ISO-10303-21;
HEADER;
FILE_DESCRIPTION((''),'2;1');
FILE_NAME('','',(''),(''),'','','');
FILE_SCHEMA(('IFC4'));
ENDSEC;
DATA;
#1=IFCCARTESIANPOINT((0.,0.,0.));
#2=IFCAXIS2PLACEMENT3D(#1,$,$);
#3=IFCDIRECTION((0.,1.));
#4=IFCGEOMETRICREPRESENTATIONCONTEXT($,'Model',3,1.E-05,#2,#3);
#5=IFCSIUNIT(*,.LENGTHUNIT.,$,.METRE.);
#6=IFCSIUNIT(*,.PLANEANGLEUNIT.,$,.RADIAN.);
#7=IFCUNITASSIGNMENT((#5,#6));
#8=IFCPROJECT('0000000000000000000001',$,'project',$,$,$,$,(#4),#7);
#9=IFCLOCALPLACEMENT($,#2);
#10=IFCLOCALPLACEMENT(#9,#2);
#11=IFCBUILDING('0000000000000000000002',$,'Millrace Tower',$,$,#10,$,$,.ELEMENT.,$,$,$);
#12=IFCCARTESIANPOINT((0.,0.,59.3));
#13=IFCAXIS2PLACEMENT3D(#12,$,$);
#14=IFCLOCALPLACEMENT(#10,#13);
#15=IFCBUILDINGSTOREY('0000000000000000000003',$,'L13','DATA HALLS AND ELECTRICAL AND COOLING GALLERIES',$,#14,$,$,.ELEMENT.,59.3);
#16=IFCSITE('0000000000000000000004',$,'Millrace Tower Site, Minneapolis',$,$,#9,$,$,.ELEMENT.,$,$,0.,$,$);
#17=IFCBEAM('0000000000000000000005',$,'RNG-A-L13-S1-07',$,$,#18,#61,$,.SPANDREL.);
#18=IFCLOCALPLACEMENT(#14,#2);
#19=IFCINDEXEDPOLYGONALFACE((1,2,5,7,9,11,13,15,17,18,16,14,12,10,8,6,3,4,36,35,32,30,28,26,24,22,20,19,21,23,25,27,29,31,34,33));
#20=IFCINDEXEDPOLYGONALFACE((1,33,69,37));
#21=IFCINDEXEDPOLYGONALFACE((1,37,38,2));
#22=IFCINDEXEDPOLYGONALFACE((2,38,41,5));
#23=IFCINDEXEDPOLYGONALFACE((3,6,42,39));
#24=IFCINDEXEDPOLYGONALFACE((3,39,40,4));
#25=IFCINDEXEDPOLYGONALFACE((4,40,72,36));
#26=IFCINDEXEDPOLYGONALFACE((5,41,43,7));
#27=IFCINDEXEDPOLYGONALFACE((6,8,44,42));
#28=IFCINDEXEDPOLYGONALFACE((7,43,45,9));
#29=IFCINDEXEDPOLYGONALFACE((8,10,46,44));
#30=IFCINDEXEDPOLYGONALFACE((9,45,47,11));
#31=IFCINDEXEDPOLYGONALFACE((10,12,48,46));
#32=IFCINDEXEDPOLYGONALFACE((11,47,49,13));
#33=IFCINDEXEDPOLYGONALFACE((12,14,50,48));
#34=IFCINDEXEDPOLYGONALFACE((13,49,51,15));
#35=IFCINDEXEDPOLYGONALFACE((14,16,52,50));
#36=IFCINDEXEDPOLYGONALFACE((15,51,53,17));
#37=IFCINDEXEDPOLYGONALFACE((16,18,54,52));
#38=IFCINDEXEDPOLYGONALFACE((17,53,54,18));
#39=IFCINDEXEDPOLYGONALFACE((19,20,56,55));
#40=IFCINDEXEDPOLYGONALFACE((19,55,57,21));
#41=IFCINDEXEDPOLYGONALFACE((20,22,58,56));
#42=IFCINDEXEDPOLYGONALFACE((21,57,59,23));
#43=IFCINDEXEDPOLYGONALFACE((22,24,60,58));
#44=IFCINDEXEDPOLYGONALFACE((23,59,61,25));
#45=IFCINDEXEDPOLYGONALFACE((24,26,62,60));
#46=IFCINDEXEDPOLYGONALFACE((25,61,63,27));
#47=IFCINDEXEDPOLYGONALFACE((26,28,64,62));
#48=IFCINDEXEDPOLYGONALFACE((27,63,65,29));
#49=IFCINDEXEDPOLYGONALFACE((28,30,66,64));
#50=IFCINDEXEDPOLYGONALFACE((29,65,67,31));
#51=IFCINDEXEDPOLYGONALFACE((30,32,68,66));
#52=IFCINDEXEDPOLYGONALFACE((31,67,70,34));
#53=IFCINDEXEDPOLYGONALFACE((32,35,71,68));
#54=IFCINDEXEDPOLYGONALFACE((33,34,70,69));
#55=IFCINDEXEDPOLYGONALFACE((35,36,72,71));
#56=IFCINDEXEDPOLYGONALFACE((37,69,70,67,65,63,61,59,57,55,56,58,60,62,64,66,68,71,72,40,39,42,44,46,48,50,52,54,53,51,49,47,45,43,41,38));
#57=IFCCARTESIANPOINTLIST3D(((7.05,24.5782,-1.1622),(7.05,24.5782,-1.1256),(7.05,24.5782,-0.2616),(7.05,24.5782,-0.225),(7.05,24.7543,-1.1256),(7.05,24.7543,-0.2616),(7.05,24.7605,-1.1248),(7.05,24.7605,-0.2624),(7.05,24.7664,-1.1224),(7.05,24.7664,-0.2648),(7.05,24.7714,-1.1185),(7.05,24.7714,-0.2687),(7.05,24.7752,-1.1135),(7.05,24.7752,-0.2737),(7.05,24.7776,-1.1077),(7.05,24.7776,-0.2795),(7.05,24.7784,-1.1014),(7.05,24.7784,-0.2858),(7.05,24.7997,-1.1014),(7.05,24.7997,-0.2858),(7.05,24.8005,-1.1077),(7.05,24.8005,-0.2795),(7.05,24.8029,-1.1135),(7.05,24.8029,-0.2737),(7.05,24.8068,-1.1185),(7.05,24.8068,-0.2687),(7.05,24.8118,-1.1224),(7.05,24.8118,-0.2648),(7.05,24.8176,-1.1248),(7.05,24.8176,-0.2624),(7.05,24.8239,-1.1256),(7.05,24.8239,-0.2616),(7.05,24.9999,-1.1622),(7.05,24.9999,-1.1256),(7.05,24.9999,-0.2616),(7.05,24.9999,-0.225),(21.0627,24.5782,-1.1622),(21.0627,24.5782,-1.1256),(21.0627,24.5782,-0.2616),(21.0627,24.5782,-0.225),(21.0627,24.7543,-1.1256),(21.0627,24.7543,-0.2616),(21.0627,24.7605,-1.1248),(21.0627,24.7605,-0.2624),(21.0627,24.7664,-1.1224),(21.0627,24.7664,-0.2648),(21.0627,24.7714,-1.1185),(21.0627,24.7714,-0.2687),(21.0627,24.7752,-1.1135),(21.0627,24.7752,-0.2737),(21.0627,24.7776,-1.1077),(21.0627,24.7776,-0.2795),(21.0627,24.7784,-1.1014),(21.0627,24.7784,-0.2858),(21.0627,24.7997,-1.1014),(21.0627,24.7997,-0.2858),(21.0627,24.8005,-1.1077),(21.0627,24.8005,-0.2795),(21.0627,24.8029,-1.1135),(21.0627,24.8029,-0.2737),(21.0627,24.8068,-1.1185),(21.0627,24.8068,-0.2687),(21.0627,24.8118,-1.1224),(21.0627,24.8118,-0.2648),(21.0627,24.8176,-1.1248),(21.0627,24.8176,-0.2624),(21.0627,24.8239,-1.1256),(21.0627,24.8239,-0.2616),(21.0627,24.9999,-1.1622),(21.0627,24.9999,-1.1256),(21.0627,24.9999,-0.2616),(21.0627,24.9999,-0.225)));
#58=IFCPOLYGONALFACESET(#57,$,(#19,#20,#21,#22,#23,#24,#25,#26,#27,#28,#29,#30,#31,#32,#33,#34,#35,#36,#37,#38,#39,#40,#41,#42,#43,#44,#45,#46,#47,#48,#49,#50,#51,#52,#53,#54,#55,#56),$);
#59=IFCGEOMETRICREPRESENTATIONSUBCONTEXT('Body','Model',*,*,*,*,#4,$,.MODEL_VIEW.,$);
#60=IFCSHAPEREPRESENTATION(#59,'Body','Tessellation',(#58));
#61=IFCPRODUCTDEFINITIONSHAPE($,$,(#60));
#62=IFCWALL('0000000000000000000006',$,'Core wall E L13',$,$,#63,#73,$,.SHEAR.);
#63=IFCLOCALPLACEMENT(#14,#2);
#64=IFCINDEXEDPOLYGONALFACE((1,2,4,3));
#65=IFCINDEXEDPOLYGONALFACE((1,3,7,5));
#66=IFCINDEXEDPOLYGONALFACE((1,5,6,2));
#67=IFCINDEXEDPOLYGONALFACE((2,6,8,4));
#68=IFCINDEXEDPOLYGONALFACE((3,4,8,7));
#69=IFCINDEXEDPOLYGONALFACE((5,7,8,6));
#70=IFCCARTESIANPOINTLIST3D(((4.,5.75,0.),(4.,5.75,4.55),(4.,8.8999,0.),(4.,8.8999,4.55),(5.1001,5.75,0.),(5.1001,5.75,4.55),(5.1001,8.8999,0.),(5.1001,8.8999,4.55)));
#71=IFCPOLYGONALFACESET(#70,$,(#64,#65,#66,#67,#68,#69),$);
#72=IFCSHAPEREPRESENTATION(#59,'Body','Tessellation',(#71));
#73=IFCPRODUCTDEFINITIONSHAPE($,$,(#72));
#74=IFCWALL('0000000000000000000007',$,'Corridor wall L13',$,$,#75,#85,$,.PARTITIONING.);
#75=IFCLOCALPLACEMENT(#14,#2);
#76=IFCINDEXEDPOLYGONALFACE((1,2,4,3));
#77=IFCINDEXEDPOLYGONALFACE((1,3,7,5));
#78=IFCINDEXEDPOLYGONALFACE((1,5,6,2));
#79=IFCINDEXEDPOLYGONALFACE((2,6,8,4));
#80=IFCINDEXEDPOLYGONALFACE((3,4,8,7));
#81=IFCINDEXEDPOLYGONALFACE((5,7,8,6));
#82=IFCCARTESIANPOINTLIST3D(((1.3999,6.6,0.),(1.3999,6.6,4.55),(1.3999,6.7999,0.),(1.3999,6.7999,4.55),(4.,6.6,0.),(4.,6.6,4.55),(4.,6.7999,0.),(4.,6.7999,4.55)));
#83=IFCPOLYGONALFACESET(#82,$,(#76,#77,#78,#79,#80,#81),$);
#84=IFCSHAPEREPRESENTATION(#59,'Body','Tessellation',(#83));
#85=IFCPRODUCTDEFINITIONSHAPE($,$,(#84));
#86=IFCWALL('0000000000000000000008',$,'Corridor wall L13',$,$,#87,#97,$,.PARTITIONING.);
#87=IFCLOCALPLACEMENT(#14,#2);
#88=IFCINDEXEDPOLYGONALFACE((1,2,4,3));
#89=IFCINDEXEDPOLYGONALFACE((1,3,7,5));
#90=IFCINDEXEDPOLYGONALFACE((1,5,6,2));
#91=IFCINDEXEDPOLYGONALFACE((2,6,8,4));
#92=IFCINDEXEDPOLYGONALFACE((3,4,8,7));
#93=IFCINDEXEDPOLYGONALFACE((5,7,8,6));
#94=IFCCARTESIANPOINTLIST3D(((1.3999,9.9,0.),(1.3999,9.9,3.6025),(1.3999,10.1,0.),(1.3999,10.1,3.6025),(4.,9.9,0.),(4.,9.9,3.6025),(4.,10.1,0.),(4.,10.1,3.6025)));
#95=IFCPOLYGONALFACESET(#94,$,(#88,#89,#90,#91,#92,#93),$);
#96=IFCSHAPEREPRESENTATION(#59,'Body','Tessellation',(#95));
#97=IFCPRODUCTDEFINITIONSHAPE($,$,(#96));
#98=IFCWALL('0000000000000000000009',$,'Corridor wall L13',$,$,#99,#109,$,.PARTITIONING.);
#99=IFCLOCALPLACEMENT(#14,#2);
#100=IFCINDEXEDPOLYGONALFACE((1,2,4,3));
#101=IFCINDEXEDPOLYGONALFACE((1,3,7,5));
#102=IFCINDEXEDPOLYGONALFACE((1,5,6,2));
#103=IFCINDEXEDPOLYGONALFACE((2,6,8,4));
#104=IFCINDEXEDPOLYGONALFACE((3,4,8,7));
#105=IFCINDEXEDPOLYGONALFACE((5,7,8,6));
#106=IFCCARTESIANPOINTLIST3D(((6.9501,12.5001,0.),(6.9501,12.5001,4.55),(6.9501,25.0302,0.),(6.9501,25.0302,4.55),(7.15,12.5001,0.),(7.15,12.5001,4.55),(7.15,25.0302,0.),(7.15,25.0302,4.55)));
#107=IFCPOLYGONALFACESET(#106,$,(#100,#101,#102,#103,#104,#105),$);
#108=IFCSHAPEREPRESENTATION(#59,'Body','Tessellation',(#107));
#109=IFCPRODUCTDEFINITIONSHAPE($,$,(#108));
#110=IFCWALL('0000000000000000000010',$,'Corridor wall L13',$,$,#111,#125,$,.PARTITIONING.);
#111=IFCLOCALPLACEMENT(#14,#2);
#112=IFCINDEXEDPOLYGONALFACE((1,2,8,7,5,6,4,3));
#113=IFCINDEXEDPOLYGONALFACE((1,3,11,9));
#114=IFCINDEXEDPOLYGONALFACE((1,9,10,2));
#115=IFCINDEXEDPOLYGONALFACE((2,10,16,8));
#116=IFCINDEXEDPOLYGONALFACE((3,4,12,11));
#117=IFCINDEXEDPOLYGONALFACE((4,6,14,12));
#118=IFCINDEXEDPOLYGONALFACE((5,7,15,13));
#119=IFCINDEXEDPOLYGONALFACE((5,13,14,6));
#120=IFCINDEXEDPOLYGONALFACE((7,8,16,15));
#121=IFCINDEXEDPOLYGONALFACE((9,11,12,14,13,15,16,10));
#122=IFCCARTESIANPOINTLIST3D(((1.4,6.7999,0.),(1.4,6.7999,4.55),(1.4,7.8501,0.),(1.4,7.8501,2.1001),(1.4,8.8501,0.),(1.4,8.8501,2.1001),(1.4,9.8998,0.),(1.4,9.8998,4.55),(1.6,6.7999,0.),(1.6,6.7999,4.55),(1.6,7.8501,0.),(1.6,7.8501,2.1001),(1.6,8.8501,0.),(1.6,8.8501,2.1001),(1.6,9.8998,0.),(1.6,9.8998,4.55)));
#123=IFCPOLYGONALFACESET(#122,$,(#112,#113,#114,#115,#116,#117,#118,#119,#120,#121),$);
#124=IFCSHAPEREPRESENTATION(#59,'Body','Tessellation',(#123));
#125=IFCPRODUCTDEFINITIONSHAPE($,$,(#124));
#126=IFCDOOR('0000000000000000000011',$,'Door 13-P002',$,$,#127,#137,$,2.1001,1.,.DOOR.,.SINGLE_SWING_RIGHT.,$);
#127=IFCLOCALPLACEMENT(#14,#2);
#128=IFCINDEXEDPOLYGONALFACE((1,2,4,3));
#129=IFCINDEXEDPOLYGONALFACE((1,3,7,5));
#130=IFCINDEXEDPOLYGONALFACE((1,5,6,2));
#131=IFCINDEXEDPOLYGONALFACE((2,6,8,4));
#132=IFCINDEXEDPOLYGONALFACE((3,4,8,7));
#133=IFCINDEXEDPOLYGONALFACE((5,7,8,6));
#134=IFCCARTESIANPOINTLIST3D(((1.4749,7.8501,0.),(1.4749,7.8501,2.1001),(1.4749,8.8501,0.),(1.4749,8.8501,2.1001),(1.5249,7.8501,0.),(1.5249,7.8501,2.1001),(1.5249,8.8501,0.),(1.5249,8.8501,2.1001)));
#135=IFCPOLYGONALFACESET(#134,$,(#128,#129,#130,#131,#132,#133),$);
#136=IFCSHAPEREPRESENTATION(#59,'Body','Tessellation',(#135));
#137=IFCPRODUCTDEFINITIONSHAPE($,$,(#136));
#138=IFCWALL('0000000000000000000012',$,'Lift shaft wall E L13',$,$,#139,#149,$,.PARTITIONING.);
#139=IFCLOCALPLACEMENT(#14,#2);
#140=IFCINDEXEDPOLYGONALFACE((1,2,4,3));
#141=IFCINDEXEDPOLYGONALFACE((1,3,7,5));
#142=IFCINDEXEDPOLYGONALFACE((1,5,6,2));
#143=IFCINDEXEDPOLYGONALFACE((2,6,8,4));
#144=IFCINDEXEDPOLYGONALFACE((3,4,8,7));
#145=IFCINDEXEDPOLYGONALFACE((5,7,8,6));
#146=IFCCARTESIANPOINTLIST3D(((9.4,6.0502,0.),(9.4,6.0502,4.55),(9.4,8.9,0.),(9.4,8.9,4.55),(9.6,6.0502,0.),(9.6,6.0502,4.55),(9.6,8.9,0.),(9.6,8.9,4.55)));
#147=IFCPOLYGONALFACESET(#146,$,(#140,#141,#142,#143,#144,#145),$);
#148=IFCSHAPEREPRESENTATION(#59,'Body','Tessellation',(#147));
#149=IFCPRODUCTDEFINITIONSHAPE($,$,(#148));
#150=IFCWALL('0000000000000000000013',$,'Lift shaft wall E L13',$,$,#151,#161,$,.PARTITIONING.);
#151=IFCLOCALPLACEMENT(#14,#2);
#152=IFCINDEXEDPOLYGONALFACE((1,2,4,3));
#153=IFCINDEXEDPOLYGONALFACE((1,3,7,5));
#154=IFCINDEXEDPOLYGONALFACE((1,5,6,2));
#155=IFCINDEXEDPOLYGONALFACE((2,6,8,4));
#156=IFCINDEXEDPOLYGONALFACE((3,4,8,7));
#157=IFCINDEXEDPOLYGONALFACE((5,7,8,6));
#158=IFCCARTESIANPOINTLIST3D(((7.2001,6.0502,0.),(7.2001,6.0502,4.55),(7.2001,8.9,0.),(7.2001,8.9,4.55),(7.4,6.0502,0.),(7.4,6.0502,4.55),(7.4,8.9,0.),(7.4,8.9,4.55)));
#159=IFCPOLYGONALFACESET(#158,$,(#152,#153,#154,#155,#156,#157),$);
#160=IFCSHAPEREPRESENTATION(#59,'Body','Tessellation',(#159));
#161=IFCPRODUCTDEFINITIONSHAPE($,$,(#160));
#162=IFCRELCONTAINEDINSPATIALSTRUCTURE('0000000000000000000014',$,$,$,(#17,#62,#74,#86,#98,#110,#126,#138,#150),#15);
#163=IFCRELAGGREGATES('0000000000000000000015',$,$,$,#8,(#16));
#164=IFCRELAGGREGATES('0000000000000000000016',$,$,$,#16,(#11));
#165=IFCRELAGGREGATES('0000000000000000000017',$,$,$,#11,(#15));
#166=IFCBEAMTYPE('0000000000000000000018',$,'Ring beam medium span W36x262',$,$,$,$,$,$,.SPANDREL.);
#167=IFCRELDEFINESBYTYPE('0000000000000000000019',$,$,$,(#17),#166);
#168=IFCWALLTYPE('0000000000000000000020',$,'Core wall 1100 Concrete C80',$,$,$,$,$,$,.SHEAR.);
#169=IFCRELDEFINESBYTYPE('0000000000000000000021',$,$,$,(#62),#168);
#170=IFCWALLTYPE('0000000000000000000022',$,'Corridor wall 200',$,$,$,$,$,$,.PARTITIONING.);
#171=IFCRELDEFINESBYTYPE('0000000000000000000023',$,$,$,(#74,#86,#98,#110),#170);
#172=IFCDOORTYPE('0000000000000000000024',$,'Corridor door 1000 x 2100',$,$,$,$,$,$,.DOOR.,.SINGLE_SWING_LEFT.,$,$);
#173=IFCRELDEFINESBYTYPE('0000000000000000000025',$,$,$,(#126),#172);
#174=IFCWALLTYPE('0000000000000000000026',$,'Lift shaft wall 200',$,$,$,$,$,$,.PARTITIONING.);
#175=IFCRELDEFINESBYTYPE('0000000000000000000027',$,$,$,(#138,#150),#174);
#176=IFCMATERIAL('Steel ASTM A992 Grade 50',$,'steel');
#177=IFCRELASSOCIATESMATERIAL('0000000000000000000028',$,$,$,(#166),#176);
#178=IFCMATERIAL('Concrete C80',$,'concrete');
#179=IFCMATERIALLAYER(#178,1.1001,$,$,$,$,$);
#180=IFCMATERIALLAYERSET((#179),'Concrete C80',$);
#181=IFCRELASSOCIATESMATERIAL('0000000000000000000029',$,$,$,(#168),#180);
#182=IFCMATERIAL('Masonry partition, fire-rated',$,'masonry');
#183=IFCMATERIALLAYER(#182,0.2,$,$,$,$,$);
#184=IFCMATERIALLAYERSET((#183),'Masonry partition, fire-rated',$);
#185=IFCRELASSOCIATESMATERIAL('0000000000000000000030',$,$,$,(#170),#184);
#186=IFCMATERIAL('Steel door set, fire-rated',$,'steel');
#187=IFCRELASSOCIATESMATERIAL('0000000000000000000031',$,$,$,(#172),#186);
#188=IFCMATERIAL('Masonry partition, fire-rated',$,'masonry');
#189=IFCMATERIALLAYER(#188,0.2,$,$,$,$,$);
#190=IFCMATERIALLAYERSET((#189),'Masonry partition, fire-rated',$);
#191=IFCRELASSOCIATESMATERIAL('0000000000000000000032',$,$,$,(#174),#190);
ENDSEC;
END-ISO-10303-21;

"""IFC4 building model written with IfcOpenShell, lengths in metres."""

from ifc_helpers import new_model, si_unit, direction, frame, frame_2d, origin, origin_2d, place, context, subcontext, project, spatial, rectangle, i_section, extrude, material, layer, layer_set, material_profile, profile_set, type_object, element, fill, save


model = new_model("IFC4")

# Units and contexts
model_context = context("Model", 3, precision=1e-05, world=origin(), true_north=direction((0.0, 1.0)))
body_context = subcontext(model_context, "Body", "Model", "MODEL_VIEW")
ifc_project = project(units=[si_unit("LENGTHUNIT", "METRE"), si_unit("PLANEANGLEUNIT", "RADIAN")], contexts=[model_context])

# Site, building, storey
site_placement = place(None, origin())
site = spatial("IfcSite", under=ifc_project, at=site_placement, Name="Millrace Tower Site, Minneapolis", CompositionType="ELEMENT", RefElevation=0.0)
building_placement = place(site_placement, origin())
building = spatial("IfcBuilding", under=site, at=building_placement, Name="Millrace Tower", CompositionType="ELEMENT")
storey_placement = place(building_placement, frame((0.0, 0.0, 59.3)))
storey = spatial("IfcBuildingStorey", under=building, at=storey_placement, Name="L13", Description="DATA HALLS AND ELECTRICAL AND COOLING GALLERIES", CompositionType="ELEMENT", Elevation=59.3)

# Beam
ifc_material_1 = material(Name="Steel ASTM A992 Grade 50", Category="steel")
ifc_material_profile_1 = material_profile(ifc_material_1, i_section(OverallWidth=0.4216, OverallDepth=0.9373, WebThickness=0.0212, FlangeThickness=0.0366, FilletRadius=0.0242, at=origin_2d()))
ifc_profile_set_1 = profile_set([ifc_material_profile_1], Name="Steel ASTM A992 Grade 50")
beam_type_1 = type_object("IfcBeamType", Name="Ring beam medium span W36x262", PredefinedType="SPANDREL", material=ifc_profile_set_1)
beam_1_placement = place(storey_placement, frame((7.05, 24.7891, -0.6936), z_axis=(1.0, 0.0, 0.0), x_axis=(0.0, 1.0, 0.0)))
element("IfcBeam", 1, at=beam_1_placement, inside=storey, type_object=beam_type_1, Name="RNG-A-L13-S1-07", PredefinedType="SPANDREL", context=body_context, shape_type="SweptSolid", body=[
    extrude(i_section(OverallWidth=0.4216, OverallDepth=0.9373, WebThickness=0.0212, FlangeThickness=0.0366, FilletRadius=0.0242, at=origin_2d()), origin(), (0.0, 0.0, 1.0), 14.0127),
])

# Walls
ifc_material_2 = material(Name="Concrete C80", Category="concrete")
ifc_layer_1 = layer(ifc_material_2, 1.1001)
ifc_layer_set_1 = layer_set([ifc_layer_1], Name="Concrete C80")
wall_type_1 = type_object("IfcWallType", Name="Core wall 1100 Concrete C80", PredefinedType="SHEAR", material=ifc_layer_set_1)
wall_1_placement = place(storey_placement, frame((4.55, 8.8999, 0.0), z_axis=(0.0, 0.0, 1.0), x_axis=(0.0, -1.0, 0.0)))
element("IfcWall", 2, at=wall_1_placement, inside=storey, type_object=wall_type_1, Name="Core wall E L13", PredefinedType="SHEAR", context=body_context, shape_type="SweptSolid", body=[
    extrude(rectangle(XDim=3.1499, YDim=1.1001, at=frame_2d((1.575, 0.0))), origin(), (0.0, 0.0, 1.0), 4.55),
])
ifc_material_3 = material(Name="Masonry partition, fire-rated", Category="masonry")
ifc_layer_2 = layer(ifc_material_3, 0.2)
ifc_layer_set_2 = layer_set([ifc_layer_2], Name="Masonry partition, fire-rated")
wall_type_2 = type_object("IfcWallType", Name="Corridor wall 200", PredefinedType="PARTITIONING", material=ifc_layer_set_2)
wall_2_placement = place(storey_placement, frame((1.3999, 6.7, 0.0), z_axis=(0.0, 0.0, 1.0), x_axis=(1.0, 0.0, 0.0)))
element("IfcWall", 3, at=wall_2_placement, inside=storey, type_object=wall_type_2, Name="Corridor wall L13", PredefinedType="PARTITIONING", context=body_context, shape_type="SweptSolid", body=[
    extrude(rectangle(XDim=2.6001, YDim=0.2, at=frame_2d((1.3, 0.0))), origin(), (0.0, 0.0, 1.0), 4.55),
])
wall_3_placement = place(storey_placement, frame((1.3999, 10.0, 0.0), z_axis=(0.0, 0.0, 1.0), x_axis=(1.0, 0.0, 0.0)))
element("IfcWall", 4, at=wall_3_placement, inside=storey, type_object=wall_type_2, Name="Corridor wall L13", PredefinedType="PARTITIONING", context=body_context, shape_type="SweptSolid", body=[
    extrude(rectangle(XDim=2.6001, YDim=0.2, at=frame_2d((1.3, 0.0))), origin(), (0.0, 0.0, 1.0), 3.6025),
])
wall_4_placement = place(storey_placement, frame((7.05, 12.5, 0.0), z_axis=(0.0, 0.0, 1.0), x_axis=(0.0, 1.0, 0.0)))
element("IfcWall", 5, at=wall_4_placement, inside=storey, type_object=wall_type_2, Name="Corridor wall L13", PredefinedType="PARTITIONING", context=body_context, shape_type="SweptSolid", body=[
    extrude(rectangle(XDim=12.53, YDim=0.2, at=frame_2d((6.2651, 0.0))), origin(), (0.0, 0.0, 1.0), 4.55),
])

# Wall, opening, door
wall_5_placement = place(storey_placement, frame((1.5, 6.8, 0.0), z_axis=(0.0, 0.0, 1.0), x_axis=(0.0, 1.0, 0.0)))
wall_5 = element("IfcWall", 6, at=wall_5_placement, inside=storey, type_object=wall_type_2, Name="Corridor wall L13", PredefinedType="PARTITIONING", context=body_context, shape_type="SweptSolid", body=[
    extrude(rectangle(XDim=3.0999, YDim=0.2, at=frame_2d((1.5498, 0.0))), origin(), (0.0, 0.0, 1.0), 4.55),
])
opening_1_placement = place(wall_5_placement, frame((1.05, 0.0, 0.0)))
opening_1 = element("IfcOpeningElement", 7, at=opening_1_placement, cuts=wall_5, PredefinedType="OPENING", context=body_context, shape_type="SweptSolid", body=[
    extrude(rectangle(XDim=1.0, YDim=2.1001, at=frame_2d((0.5, 1.05))), frame((0.0, 0.1099, 0.0), z_axis=(0.0, -1.0, 0.0), x_axis=(1.0, 0.0, 0.0)), (0.0, 0.0, 1.0), 0.22),
])
ifc_material_4 = material(Name="Steel door set, fire-rated", Category="steel")
door_type_1 = type_object("IfcDoorType", Name="Corridor door 1000 x 2100", OperationType="SINGLE_SWING_LEFT", PredefinedType="DOOR", material=ifc_material_4)
door_1_placement = place(opening_1_placement, frame((1.0, 0.0, 0.0), z_axis=(0.0, 0.0, 1.0), x_axis=(-1.0, 0.0, 0.0)))
door_1 = element("IfcDoor", 8, at=door_1_placement, inside=storey, type_object=door_type_1, Name="Door 13-P002", OperationType="SINGLE_SWING_RIGHT", OverallHeight=2.1001, OverallWidth=1.0, PredefinedType="DOOR", context=body_context, shape_type="SweptSolid", body=[
    extrude(rectangle(XDim=1.0, YDim=2.1001, at=frame_2d((0.5, 1.05))), frame((0.0, 0.0249, 0.0), z_axis=(0.0, -1.0, 0.0), x_axis=(1.0, 0.0, 0.0)), (0.0, 0.0, 1.0), 0.05),
])
fill(opening_1, door_1)

# Walls
ifc_material_5 = material(Name="Masonry partition, fire-rated", Category="masonry")
ifc_layer_3 = layer(ifc_material_5, 0.2)
ifc_layer_set_3 = layer_set([ifc_layer_3], Name="Masonry partition, fire-rated")
wall_type_3 = type_object("IfcWallType", Name="Lift shaft wall 200", PredefinedType="PARTITIONING", material=ifc_layer_set_3)
for number, where, z_axis, x_axis, name in (
    (9, (9.5, 8.8999, 0.0), (0.0, 0.0, 1.0), (0.0, -1.0, 0.0), "Lift shaft wall E L13"),
    (10, (7.3, 8.8999, 0.0), (0.0, 0.0, 1.0), (0.0, -1.0, 0.0), "Lift shaft wall E L13"),
):
    element("IfcWall", number, at=place(storey_placement, frame(where, z_axis=z_axis, x_axis=x_axis)), inside=storey, type_object=wall_type_3, Name=name, PredefinedType="PARTITIONING", context=body_context, shape_type="SweptSolid", body=[
        extrude(rectangle(XDim=2.8499, YDim=0.2, at=frame_2d((1.4248, 0.0))), origin(), (0.0, 0.0, 1.0), 4.55),
    ])

save(model, "model.ifc")
